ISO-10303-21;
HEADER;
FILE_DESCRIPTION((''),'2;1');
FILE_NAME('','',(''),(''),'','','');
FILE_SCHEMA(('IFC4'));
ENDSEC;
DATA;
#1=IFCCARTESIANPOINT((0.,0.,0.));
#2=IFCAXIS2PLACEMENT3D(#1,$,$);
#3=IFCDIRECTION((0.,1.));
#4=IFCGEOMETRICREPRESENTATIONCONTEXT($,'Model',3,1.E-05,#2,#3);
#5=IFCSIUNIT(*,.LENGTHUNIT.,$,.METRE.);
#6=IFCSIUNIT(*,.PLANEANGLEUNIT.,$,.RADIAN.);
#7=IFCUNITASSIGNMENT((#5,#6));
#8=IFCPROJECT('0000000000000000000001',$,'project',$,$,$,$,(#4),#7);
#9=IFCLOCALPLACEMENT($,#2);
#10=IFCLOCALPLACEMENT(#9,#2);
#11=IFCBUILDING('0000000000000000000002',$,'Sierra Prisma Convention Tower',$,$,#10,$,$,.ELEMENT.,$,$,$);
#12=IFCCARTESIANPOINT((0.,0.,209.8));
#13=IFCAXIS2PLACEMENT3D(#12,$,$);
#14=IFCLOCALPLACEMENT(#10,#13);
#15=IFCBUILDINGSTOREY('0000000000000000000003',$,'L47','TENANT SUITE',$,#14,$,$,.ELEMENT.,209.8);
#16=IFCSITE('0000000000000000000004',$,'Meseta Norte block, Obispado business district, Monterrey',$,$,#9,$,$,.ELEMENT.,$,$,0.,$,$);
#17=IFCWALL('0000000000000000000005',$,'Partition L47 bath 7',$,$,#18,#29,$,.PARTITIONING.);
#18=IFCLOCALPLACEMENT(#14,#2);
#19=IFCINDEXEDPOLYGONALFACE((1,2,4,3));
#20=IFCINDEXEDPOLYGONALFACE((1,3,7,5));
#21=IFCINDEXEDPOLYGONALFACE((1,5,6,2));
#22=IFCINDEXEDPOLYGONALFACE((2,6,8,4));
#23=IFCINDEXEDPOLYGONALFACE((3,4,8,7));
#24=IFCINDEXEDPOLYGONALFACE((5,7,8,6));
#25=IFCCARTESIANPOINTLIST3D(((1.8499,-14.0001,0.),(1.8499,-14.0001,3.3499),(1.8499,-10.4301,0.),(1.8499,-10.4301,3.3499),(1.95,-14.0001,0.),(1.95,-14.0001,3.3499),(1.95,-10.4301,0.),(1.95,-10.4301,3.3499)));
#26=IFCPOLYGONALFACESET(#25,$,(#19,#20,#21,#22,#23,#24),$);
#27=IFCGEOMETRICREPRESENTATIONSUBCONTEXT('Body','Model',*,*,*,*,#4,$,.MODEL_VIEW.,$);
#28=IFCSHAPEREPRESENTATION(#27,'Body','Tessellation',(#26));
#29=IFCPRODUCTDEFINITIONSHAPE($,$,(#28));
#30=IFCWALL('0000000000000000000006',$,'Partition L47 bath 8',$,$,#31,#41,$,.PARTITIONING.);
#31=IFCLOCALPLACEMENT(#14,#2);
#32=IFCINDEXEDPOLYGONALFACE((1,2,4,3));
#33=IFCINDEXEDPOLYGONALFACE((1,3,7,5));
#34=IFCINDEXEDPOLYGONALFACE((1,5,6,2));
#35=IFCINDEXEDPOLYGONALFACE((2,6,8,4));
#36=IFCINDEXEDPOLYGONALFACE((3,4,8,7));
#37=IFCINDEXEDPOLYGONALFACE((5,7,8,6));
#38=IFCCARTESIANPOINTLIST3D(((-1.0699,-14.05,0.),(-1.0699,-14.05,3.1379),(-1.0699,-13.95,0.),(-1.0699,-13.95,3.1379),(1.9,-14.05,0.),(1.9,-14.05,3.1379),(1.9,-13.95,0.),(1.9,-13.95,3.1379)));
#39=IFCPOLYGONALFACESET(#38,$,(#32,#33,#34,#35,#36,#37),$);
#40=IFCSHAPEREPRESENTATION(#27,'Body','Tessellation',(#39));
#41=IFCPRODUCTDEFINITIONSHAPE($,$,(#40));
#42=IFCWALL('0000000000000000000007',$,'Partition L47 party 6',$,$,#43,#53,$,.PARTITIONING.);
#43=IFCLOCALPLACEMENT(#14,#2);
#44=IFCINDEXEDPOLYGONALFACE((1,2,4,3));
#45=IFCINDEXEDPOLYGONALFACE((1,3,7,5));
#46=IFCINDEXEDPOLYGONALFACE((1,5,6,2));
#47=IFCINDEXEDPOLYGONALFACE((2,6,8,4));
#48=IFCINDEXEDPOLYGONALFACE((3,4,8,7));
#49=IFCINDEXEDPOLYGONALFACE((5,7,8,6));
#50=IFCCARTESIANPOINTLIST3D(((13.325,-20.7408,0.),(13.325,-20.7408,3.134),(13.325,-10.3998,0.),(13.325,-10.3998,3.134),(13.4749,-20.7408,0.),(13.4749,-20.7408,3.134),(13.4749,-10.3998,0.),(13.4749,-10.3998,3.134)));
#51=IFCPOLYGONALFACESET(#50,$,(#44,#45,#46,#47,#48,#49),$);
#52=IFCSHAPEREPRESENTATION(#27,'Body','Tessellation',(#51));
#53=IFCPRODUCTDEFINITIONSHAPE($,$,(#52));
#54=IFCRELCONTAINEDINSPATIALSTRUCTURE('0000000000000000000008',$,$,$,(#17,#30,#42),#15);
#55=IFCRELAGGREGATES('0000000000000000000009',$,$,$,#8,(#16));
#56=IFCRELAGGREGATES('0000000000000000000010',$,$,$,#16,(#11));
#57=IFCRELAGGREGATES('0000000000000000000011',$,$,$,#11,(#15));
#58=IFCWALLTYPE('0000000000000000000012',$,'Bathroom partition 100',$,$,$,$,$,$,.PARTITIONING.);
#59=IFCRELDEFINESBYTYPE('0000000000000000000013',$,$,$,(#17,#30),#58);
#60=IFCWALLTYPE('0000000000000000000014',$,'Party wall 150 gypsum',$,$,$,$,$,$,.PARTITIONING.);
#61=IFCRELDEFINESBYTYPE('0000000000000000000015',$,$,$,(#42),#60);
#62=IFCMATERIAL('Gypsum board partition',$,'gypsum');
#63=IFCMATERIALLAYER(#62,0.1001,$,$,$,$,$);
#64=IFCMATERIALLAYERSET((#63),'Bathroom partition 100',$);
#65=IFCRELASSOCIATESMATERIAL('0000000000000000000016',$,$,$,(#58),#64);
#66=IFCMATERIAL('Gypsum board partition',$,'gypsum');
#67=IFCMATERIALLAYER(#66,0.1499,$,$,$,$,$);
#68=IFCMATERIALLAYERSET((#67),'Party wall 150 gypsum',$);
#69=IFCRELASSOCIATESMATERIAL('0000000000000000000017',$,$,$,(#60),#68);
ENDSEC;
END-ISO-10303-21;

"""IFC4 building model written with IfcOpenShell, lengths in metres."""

from ifc_helpers import new_model, si_unit, direction, frame, frame_2d, origin, place, context, subcontext, project, spatial, rectangle, extrude, material, layer, layer_set, type_object, element, save


model = new_model("IFC4")

# Units and contexts
model_context = context("Model", 3, precision=1e-05, world=origin(), true_north=direction((0.0, 1.0)))
body_context = subcontext(model_context, "Body", "Model", "MODEL_VIEW")
ifc_project = project(units=[si_unit("LENGTHUNIT", "METRE"), si_unit("PLANEANGLEUNIT", "RADIAN")], contexts=[model_context])

# Site, building, storey
site_placement = place(None, origin())
site = spatial("IfcSite", under=ifc_project, at=site_placement, Name="Meseta Norte block, Obispado business district, Monterrey", CompositionType="ELEMENT", RefElevation=0.0)
building_placement = place(site_placement, origin())
building = spatial("IfcBuilding", under=site, at=building_placement, Name="Sierra Prisma Convention Tower", CompositionType="ELEMENT")
storey_placement = place(building_placement, frame((0.0, 0.0, 209.8)))
storey = spatial("IfcBuildingStorey", under=building, at=storey_placement, Name="L47", Description="TENANT SUITE", CompositionType="ELEMENT", Elevation=209.8)

# Walls
ifc_material_1 = material(Name="Gypsum board partition", Category="gypsum")
ifc_layer_1 = layer(ifc_material_1, 0.1001)
ifc_layer_set_1 = layer_set([ifc_layer_1], Name="Bathroom partition 100")
wall_type_1 = type_object("IfcWallType", Name="Bathroom partition 100", PredefinedType="PARTITIONING", material=ifc_layer_set_1)
wall_1_placement = place(storey_placement, frame((1.8999, -10.4299, 0.0), z_axis=(0.0, 0.0, 1.0), x_axis=(0.0, -1.0, 0.0)))
element("IfcWall", 1, at=wall_1_placement, inside=storey, type_object=wall_type_1, Name="Partition L47 bath 7", PredefinedType="PARTITIONING", context=body_context, shape_type="SweptSolid", body=[
    extrude(rectangle(XDim=3.5701, YDim=0.1001, at=frame_2d((1.7852, 0.0))), origin(), (0.0, 0.0, 1.0), 3.3499),
])
wall_2_placement = place(storey_placement, frame((1.8999, -14.0, 0.0), z_axis=(0.0, 0.0, 1.0), x_axis=(-1.0, 0.0, 0.0)))
element("IfcWall", 2, at=wall_2_placement, inside=storey, type_object=wall_type_1, Name="Partition L47 bath 8", PredefinedType="PARTITIONING", context=body_context, shape_type="SweptSolid", body=[
    extrude(rectangle(XDim=2.97, YDim=0.1001, at=frame_2d((1.4849, 0.0))), origin(), (0.0, 0.0, 1.0), 3.1379),
])
ifc_material_2 = material(Name="Gypsum board partition", Category="gypsum")
ifc_layer_2 = layer(ifc_material_2, 0.1499)
ifc_layer_set_2 = layer_set([ifc_layer_2], Name="Party wall 150 gypsum")
wall_type_2 = type_object("IfcWallType", Name="Party wall 150 gypsum", PredefinedType="PARTITIONING", material=ifc_layer_set_2)
wall_3_placement = place(storey_placement, frame((13.3999, -10.3999, 0.0), z_axis=(0.0, 0.0, 1.0), x_axis=(0.0, -1.0, 0.0)))
element("IfcWall", 3, at=wall_3_placement, inside=storey, type_object=wall_type_2, Name="Partition L47 party 6", PredefinedType="PARTITIONING", context=body_context, shape_type="SweptSolid", body=[
    extrude(rectangle(XDim=10.3411, YDim=0.1499, at=frame_2d((5.1704, 0.0))), origin(), (0.0, 0.0, 1.0), 3.134),
])

save(model, "model.ifc")
